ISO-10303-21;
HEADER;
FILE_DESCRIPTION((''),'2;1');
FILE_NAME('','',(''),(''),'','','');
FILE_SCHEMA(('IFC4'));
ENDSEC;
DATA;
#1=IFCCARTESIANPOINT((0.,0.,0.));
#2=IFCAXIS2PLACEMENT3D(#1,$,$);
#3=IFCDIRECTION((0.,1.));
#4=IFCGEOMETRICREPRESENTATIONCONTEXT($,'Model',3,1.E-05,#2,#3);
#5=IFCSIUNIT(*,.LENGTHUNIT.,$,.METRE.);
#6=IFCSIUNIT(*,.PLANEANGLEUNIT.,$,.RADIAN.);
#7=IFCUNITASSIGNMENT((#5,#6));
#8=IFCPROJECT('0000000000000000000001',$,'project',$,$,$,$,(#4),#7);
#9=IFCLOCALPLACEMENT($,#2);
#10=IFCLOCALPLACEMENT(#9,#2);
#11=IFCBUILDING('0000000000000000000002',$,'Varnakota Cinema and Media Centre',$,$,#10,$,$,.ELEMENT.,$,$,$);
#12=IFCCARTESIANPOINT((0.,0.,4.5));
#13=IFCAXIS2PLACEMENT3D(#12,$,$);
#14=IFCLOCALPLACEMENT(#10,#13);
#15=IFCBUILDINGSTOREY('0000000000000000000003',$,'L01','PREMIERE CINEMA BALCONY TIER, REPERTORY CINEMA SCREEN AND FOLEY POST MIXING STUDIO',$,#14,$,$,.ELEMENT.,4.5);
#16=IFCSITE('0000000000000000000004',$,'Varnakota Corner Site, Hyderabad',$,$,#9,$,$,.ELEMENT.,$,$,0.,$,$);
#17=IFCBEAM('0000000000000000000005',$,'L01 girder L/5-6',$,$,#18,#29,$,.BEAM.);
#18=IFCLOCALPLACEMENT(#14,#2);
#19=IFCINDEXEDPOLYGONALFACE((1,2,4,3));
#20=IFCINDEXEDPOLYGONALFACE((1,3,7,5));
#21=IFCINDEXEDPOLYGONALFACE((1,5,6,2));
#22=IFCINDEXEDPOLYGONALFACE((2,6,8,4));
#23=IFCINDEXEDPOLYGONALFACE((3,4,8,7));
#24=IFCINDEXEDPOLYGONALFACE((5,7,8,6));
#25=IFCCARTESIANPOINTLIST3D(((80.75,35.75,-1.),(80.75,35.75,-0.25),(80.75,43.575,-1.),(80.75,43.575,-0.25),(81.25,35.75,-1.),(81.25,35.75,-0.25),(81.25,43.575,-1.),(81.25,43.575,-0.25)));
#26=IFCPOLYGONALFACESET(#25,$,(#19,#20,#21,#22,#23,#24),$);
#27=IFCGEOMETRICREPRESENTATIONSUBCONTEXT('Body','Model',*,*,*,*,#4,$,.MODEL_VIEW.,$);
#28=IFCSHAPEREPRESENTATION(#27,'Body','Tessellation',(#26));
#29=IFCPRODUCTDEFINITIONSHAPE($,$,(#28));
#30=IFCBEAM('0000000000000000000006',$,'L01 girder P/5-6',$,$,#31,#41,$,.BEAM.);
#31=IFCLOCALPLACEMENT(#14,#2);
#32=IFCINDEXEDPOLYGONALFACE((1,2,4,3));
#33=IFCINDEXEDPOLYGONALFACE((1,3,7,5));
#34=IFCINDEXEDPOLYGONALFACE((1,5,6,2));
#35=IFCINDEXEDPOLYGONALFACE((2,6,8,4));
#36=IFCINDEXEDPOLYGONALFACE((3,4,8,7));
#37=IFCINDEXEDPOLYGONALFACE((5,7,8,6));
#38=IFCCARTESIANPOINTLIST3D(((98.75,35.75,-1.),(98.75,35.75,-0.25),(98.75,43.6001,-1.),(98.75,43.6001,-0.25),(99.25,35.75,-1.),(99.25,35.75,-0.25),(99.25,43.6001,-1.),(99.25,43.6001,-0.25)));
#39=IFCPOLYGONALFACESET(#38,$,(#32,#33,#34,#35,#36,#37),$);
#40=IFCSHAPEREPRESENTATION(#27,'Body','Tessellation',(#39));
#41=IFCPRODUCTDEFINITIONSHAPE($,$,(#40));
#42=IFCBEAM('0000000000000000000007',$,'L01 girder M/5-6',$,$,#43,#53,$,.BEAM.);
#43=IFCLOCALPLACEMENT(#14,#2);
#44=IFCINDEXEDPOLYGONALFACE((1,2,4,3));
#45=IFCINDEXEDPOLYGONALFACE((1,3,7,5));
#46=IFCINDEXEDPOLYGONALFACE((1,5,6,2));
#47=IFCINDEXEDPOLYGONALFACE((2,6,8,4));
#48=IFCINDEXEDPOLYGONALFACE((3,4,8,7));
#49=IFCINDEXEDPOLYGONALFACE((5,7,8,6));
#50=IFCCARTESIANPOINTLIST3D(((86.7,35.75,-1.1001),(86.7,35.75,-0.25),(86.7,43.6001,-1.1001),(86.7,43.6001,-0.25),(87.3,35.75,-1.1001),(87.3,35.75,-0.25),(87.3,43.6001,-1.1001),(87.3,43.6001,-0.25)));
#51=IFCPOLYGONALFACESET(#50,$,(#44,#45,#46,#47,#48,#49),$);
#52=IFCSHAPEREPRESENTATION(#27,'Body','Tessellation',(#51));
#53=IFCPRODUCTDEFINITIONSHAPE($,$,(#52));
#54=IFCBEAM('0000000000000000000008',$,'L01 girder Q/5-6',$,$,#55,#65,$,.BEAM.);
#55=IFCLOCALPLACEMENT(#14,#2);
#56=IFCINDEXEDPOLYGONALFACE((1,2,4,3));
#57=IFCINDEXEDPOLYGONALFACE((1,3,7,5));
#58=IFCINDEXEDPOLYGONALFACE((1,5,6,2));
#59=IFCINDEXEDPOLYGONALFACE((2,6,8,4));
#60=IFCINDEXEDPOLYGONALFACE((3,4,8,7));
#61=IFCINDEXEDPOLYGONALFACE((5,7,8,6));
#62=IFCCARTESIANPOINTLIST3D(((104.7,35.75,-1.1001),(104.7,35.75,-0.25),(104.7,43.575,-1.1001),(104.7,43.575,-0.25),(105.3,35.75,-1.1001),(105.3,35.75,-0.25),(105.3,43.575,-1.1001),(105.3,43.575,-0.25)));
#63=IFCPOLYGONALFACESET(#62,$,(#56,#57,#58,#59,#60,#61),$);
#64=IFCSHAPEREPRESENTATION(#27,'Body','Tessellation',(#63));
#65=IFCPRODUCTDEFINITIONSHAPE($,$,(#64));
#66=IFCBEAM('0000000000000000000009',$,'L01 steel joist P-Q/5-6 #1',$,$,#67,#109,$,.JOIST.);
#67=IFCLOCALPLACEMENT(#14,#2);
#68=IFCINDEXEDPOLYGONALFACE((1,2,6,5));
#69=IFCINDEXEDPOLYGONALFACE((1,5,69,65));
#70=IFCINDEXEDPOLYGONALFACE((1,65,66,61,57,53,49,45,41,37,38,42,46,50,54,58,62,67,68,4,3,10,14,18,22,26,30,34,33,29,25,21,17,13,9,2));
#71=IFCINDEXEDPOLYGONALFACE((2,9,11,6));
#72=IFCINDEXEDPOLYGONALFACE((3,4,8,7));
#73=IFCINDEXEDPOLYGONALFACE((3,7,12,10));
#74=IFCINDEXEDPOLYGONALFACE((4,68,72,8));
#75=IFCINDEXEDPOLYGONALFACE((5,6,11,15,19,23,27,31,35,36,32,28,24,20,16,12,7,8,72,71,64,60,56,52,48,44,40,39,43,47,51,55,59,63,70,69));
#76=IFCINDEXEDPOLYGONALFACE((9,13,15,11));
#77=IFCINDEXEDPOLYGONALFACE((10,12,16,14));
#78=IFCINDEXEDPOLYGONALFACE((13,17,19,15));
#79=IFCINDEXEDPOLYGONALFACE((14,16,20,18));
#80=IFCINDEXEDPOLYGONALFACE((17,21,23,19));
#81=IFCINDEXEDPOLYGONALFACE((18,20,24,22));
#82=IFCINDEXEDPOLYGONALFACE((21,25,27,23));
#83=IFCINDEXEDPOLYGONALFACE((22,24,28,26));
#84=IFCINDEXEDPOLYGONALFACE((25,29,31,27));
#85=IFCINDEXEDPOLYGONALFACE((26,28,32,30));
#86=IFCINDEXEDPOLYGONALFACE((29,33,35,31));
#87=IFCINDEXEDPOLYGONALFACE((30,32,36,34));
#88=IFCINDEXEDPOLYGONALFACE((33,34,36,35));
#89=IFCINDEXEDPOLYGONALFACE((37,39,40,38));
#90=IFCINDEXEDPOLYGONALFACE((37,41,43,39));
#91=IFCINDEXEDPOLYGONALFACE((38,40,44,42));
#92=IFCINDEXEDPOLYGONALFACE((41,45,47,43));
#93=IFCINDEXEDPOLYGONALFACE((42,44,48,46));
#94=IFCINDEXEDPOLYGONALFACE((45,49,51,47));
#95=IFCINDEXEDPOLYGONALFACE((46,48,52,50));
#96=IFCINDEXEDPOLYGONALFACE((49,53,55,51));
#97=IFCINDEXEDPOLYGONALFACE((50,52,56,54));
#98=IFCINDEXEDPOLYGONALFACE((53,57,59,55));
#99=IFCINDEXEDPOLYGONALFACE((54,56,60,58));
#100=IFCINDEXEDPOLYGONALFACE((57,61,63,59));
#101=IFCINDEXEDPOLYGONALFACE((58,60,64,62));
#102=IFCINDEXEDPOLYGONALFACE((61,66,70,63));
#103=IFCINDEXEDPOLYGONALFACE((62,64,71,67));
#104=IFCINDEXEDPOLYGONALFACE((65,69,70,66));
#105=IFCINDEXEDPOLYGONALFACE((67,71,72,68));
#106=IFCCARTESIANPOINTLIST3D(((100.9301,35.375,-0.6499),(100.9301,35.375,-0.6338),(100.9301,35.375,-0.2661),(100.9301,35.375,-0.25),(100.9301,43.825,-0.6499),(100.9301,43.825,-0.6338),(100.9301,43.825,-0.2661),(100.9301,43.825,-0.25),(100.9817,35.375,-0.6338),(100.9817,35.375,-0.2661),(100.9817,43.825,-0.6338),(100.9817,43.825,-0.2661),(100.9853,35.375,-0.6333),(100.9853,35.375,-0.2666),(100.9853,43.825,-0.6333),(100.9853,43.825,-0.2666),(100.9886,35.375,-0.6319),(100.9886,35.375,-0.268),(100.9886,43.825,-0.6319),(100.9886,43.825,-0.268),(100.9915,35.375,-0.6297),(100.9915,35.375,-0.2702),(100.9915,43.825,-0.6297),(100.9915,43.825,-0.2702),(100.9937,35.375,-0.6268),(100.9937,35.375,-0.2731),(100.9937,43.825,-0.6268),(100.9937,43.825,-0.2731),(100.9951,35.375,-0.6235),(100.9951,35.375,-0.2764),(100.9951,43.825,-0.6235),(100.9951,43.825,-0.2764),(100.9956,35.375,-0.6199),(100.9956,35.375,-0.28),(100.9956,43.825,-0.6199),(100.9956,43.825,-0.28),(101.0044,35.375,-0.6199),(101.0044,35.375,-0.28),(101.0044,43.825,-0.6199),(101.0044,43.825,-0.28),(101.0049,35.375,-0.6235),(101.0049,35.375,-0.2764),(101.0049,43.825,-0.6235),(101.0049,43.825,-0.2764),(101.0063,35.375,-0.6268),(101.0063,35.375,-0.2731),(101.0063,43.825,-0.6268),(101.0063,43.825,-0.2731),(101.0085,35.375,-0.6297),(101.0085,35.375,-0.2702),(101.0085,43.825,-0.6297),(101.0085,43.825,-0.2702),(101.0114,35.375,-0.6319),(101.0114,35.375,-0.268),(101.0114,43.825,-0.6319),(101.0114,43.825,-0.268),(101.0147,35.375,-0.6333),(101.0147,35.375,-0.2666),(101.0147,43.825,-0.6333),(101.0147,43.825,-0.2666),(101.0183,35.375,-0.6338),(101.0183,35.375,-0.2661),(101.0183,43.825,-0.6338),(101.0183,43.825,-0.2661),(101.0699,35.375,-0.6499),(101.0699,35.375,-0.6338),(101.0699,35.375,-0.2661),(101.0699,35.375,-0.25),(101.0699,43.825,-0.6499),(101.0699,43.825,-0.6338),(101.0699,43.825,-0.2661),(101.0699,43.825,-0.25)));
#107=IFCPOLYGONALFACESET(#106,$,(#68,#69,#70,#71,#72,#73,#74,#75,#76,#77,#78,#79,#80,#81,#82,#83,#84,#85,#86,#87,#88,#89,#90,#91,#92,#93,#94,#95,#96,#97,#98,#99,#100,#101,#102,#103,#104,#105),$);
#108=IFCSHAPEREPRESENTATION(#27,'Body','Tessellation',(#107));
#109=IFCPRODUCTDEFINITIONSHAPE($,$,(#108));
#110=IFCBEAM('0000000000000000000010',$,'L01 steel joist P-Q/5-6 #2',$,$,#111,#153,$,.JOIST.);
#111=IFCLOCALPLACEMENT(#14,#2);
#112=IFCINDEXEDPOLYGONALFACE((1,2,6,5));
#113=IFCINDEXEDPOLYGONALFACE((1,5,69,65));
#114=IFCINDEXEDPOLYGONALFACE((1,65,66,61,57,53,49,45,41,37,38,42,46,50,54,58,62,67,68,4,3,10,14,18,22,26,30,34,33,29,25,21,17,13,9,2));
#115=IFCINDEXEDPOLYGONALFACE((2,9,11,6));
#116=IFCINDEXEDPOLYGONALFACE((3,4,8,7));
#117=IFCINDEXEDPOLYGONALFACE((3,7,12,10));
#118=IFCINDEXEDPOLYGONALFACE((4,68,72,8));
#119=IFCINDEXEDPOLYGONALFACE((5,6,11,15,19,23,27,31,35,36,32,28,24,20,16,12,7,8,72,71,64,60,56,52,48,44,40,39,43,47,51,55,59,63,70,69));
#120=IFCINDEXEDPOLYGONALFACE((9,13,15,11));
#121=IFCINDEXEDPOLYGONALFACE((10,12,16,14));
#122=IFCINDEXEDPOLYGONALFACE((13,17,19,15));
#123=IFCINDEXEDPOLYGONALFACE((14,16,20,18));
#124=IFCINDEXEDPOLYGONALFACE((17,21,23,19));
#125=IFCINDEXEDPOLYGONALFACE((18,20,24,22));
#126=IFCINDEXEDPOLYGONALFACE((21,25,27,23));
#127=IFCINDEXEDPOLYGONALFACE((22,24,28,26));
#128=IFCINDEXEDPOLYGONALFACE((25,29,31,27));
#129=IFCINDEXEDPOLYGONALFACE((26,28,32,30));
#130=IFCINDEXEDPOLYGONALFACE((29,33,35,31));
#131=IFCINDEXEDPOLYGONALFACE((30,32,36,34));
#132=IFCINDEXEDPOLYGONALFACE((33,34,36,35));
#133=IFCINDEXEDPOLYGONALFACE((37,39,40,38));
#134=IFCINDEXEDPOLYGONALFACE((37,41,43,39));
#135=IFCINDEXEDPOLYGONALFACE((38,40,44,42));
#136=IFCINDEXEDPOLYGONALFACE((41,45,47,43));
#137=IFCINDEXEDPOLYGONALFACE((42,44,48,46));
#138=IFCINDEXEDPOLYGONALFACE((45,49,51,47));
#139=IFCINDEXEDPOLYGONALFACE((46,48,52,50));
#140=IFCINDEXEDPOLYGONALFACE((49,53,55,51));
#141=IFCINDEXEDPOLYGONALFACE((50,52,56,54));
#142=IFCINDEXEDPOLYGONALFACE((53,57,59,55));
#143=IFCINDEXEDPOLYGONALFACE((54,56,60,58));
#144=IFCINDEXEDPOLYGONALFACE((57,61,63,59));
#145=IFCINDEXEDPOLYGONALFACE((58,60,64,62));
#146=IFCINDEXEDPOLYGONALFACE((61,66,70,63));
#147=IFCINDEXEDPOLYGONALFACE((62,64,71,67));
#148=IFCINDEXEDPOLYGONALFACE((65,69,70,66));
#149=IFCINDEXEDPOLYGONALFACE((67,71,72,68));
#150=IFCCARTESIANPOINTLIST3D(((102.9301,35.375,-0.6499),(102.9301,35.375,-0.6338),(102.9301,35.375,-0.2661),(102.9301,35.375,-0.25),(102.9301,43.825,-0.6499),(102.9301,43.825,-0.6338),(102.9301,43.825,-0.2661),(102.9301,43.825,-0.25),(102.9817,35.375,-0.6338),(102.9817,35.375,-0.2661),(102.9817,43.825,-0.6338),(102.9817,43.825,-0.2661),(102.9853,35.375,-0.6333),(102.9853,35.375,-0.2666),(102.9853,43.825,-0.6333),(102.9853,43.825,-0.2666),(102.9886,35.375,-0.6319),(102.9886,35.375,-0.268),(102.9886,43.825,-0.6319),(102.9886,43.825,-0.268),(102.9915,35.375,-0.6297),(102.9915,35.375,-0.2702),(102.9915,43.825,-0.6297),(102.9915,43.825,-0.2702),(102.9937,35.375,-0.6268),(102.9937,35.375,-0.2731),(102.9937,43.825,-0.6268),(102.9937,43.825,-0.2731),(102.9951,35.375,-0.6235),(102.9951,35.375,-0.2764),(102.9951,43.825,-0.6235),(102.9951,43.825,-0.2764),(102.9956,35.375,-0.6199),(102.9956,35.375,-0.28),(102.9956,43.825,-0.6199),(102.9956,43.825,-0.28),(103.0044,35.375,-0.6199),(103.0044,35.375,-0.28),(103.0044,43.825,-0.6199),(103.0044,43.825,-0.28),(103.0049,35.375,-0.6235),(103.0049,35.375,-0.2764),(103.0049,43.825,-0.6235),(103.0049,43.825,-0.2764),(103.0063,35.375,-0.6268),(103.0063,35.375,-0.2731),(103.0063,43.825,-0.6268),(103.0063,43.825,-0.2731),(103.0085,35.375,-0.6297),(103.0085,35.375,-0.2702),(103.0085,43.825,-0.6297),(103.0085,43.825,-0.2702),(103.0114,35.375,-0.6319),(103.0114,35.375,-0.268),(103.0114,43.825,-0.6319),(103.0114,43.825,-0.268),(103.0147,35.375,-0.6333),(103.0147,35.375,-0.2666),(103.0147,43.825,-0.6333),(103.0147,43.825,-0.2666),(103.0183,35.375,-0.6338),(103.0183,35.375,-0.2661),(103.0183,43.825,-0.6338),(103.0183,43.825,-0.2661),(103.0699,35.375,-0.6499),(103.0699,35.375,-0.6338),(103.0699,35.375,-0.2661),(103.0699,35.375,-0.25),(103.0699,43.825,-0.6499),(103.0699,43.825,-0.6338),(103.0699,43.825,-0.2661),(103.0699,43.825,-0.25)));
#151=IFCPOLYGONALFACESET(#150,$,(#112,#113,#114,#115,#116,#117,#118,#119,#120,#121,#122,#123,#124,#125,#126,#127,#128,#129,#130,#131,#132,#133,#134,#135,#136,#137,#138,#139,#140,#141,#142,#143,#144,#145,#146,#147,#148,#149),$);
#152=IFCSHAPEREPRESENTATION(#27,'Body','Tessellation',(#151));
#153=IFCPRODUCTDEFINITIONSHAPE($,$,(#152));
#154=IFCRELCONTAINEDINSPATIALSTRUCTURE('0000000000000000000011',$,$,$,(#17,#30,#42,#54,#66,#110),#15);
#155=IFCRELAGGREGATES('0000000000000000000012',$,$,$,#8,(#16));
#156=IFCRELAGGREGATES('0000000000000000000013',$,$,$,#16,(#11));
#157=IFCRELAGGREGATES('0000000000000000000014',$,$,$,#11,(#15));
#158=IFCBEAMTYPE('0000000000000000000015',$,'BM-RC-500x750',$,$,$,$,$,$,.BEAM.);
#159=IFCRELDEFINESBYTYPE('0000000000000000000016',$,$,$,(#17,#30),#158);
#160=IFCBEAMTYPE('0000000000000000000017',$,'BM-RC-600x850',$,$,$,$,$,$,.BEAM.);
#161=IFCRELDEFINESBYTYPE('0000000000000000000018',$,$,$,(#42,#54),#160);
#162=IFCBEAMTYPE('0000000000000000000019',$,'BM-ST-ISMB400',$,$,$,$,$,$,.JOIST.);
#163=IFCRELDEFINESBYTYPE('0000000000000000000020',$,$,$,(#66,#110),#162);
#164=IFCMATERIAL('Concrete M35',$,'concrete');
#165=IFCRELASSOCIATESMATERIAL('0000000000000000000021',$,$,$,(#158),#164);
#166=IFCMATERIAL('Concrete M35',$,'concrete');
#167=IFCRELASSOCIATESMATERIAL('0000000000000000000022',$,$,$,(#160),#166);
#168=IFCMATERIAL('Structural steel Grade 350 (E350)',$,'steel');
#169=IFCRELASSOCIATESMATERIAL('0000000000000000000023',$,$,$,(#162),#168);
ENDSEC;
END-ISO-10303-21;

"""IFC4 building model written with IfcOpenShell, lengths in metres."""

from ifc_helpers import new_model, si_unit, direction, frame, origin, origin_2d, place, context, subcontext, project, spatial, rectangle, i_section, extrude, material, material_profile, profile_set, type_object, element, save


model = new_model("IFC4")

# Units and contexts
model_context = context("Model", 3, precision=1e-05, world=origin(), true_north=direction((0.0, 1.0)))
body_context = subcontext(model_context, "Body", "Model", "MODEL_VIEW")
ifc_project = project(units=[si_unit("LENGTHUNIT", "METRE"), si_unit("PLANEANGLEUNIT", "RADIAN")], contexts=[model_context])

# Site, building, storey
site_placement = place(None, origin())
site = spatial("IfcSite", under=ifc_project, at=site_placement, Name="Varnakota Corner Site, Hyderabad", CompositionType="ELEMENT", RefElevation=0.0)
building_placement = place(site_placement, origin())
building = spatial("IfcBuilding", under=site, at=building_placement, Name="Varnakota Cinema and Media Centre", CompositionType="ELEMENT")
storey_placement = place(building_placement, frame((0.0, 0.0, 4.5)))
storey = spatial("IfcBuildingStorey", under=building, at=storey_placement, Name="L01", Description="PREMIERE CINEMA BALCONY TIER, REPERTORY CINEMA SCREEN AND FOLEY POST MIXING STUDIO", CompositionType="ELEMENT", Elevation=4.5)

# Beams
ifc_material_1 = material(Name="Concrete M35", Category="concrete")
ifc_material_profile_1 = material_profile(ifc_material_1, rectangle(XDim=0.5, YDim=0.75, at=origin_2d()), Name="RCB 500x750")
ifc_profile_set_1 = profile_set([ifc_material_profile_1], Name="Concrete M35")
beam_type_1 = type_object("IfcBeamType", Name="BM-RC-500x750", PredefinedType="BEAM", material=ifc_profile_set_1)
beam_1_placement = place(storey_placement, frame((81.0, 35.75, -0.625), z_axis=(0.0, 1.0, 0.0), x_axis=(-1.0, 0.0, 0.0)))
element("IfcBeam", 1, at=beam_1_placement, inside=storey, type_object=beam_type_1, Name="L01 girder L/5-6", PredefinedType="BEAM", context=body_context, shape_type="SweptSolid", body=[
    extrude(rectangle(XDim=0.5, YDim=0.75, at=origin_2d()), origin(), (0.0, 0.0, 1.0), 7.825),
])
beam_2_placement = place(storey_placement, frame((99.0, 35.75, -0.625), z_axis=(0.0, 1.0, 0.0), x_axis=(-1.0, 0.0, 0.0)))
element("IfcBeam", 2, at=beam_2_placement, inside=storey, type_object=beam_type_1, Name="L01 girder P/5-6", PredefinedType="BEAM", context=body_context, shape_type="SweptSolid", body=[
    extrude(rectangle(XDim=0.5, YDim=0.75, at=origin_2d()), origin(), (0.0, 0.0, 1.0), 7.8501),
])
ifc_material_2 = material(Name="Concrete M35", Category="concrete")
ifc_material_profile_2 = material_profile(ifc_material_2, rectangle(XDim=0.6001, YDim=0.8501, at=origin_2d()), Name="RCB 600x850")
ifc_profile_set_2 = profile_set([ifc_material_profile_2], Name="Concrete M35")
beam_type_2 = type_object("IfcBeamType", Name="BM-RC-600x850", PredefinedType="BEAM", material=ifc_profile_set_2)
beam_3_placement = place(storey_placement, frame((87.0, 35.75, -0.675), z_axis=(0.0, 1.0, 0.0), x_axis=(-1.0, 0.0, 0.0)))
element("IfcBeam", 3, at=beam_3_placement, inside=storey, type_object=beam_type_2, Name="L01 girder M/5-6", PredefinedType="BEAM", context=body_context, shape_type="SweptSolid", body=[
    extrude(rectangle(XDim=0.6001, YDim=0.8501, at=origin_2d()), origin(), (0.0, 0.0, 1.0), 7.8501),
])
beam_4_placement = place(storey_placement, frame((105.0, 35.75, -0.675), z_axis=(0.0, 1.0, 0.0), x_axis=(-1.0, 0.0, 0.0)))
element("IfcBeam", 4, at=beam_4_placement, inside=storey, type_object=beam_type_2, Name="L01 girder Q/5-6", PredefinedType="BEAM", context=body_context, shape_type="SweptSolid", body=[
    extrude(rectangle(XDim=0.6001, YDim=0.8501, at=origin_2d()), origin(), (0.0, 0.0, 1.0), 7.825),
])
ifc_material_3 = material(Name="Structural steel Grade 350 (E350)", Category="steel")
ifc_material_profile_3 = material_profile(ifc_material_3, i_section(OverallWidth=0.1399, OverallDepth=0.3999, WebThickness=0.0088, FlangeThickness=0.0161, FilletRadius=0.0139, at=origin_2d()), Name="ISMB 400")
ifc_profile_set_3 = profile_set([ifc_material_profile_3], Name="Structural steel Grade 350 (E350)")
beam_type_3 = type_object("IfcBeamType", Name="BM-ST-ISMB400", PredefinedType="JOIST", material=ifc_profile_set_3)
for number, where, z_axis, x_axis, name in (
    (5, (101.0, 35.375, -0.45), (0.0, 1.0, 0.0), (-1.0, 0.0, 0.0), "L01 steel joist P-Q/5-6 #1"),
    (6, (103.0, 35.375, -0.45), (0.0, 1.0, 0.0), (-1.0, 0.0, 0.0), "L01 steel joist P-Q/5-6 #2"),
):
    element("IfcBeam", number, at=place(storey_placement, frame(where, z_axis=z_axis, x_axis=x_axis)), inside=storey, type_object=beam_type_3, Name=name, PredefinedType="JOIST", context=body_context, shape_type="SweptSolid", body=[
        extrude(i_section(OverallWidth=0.1399, OverallDepth=0.3999, WebThickness=0.0088, FlangeThickness=0.0161, FilletRadius=0.0139, at=origin_2d()), origin(), (0.0, 0.0, 1.0), 8.45),
    ])

save(model, "model.ifc")
